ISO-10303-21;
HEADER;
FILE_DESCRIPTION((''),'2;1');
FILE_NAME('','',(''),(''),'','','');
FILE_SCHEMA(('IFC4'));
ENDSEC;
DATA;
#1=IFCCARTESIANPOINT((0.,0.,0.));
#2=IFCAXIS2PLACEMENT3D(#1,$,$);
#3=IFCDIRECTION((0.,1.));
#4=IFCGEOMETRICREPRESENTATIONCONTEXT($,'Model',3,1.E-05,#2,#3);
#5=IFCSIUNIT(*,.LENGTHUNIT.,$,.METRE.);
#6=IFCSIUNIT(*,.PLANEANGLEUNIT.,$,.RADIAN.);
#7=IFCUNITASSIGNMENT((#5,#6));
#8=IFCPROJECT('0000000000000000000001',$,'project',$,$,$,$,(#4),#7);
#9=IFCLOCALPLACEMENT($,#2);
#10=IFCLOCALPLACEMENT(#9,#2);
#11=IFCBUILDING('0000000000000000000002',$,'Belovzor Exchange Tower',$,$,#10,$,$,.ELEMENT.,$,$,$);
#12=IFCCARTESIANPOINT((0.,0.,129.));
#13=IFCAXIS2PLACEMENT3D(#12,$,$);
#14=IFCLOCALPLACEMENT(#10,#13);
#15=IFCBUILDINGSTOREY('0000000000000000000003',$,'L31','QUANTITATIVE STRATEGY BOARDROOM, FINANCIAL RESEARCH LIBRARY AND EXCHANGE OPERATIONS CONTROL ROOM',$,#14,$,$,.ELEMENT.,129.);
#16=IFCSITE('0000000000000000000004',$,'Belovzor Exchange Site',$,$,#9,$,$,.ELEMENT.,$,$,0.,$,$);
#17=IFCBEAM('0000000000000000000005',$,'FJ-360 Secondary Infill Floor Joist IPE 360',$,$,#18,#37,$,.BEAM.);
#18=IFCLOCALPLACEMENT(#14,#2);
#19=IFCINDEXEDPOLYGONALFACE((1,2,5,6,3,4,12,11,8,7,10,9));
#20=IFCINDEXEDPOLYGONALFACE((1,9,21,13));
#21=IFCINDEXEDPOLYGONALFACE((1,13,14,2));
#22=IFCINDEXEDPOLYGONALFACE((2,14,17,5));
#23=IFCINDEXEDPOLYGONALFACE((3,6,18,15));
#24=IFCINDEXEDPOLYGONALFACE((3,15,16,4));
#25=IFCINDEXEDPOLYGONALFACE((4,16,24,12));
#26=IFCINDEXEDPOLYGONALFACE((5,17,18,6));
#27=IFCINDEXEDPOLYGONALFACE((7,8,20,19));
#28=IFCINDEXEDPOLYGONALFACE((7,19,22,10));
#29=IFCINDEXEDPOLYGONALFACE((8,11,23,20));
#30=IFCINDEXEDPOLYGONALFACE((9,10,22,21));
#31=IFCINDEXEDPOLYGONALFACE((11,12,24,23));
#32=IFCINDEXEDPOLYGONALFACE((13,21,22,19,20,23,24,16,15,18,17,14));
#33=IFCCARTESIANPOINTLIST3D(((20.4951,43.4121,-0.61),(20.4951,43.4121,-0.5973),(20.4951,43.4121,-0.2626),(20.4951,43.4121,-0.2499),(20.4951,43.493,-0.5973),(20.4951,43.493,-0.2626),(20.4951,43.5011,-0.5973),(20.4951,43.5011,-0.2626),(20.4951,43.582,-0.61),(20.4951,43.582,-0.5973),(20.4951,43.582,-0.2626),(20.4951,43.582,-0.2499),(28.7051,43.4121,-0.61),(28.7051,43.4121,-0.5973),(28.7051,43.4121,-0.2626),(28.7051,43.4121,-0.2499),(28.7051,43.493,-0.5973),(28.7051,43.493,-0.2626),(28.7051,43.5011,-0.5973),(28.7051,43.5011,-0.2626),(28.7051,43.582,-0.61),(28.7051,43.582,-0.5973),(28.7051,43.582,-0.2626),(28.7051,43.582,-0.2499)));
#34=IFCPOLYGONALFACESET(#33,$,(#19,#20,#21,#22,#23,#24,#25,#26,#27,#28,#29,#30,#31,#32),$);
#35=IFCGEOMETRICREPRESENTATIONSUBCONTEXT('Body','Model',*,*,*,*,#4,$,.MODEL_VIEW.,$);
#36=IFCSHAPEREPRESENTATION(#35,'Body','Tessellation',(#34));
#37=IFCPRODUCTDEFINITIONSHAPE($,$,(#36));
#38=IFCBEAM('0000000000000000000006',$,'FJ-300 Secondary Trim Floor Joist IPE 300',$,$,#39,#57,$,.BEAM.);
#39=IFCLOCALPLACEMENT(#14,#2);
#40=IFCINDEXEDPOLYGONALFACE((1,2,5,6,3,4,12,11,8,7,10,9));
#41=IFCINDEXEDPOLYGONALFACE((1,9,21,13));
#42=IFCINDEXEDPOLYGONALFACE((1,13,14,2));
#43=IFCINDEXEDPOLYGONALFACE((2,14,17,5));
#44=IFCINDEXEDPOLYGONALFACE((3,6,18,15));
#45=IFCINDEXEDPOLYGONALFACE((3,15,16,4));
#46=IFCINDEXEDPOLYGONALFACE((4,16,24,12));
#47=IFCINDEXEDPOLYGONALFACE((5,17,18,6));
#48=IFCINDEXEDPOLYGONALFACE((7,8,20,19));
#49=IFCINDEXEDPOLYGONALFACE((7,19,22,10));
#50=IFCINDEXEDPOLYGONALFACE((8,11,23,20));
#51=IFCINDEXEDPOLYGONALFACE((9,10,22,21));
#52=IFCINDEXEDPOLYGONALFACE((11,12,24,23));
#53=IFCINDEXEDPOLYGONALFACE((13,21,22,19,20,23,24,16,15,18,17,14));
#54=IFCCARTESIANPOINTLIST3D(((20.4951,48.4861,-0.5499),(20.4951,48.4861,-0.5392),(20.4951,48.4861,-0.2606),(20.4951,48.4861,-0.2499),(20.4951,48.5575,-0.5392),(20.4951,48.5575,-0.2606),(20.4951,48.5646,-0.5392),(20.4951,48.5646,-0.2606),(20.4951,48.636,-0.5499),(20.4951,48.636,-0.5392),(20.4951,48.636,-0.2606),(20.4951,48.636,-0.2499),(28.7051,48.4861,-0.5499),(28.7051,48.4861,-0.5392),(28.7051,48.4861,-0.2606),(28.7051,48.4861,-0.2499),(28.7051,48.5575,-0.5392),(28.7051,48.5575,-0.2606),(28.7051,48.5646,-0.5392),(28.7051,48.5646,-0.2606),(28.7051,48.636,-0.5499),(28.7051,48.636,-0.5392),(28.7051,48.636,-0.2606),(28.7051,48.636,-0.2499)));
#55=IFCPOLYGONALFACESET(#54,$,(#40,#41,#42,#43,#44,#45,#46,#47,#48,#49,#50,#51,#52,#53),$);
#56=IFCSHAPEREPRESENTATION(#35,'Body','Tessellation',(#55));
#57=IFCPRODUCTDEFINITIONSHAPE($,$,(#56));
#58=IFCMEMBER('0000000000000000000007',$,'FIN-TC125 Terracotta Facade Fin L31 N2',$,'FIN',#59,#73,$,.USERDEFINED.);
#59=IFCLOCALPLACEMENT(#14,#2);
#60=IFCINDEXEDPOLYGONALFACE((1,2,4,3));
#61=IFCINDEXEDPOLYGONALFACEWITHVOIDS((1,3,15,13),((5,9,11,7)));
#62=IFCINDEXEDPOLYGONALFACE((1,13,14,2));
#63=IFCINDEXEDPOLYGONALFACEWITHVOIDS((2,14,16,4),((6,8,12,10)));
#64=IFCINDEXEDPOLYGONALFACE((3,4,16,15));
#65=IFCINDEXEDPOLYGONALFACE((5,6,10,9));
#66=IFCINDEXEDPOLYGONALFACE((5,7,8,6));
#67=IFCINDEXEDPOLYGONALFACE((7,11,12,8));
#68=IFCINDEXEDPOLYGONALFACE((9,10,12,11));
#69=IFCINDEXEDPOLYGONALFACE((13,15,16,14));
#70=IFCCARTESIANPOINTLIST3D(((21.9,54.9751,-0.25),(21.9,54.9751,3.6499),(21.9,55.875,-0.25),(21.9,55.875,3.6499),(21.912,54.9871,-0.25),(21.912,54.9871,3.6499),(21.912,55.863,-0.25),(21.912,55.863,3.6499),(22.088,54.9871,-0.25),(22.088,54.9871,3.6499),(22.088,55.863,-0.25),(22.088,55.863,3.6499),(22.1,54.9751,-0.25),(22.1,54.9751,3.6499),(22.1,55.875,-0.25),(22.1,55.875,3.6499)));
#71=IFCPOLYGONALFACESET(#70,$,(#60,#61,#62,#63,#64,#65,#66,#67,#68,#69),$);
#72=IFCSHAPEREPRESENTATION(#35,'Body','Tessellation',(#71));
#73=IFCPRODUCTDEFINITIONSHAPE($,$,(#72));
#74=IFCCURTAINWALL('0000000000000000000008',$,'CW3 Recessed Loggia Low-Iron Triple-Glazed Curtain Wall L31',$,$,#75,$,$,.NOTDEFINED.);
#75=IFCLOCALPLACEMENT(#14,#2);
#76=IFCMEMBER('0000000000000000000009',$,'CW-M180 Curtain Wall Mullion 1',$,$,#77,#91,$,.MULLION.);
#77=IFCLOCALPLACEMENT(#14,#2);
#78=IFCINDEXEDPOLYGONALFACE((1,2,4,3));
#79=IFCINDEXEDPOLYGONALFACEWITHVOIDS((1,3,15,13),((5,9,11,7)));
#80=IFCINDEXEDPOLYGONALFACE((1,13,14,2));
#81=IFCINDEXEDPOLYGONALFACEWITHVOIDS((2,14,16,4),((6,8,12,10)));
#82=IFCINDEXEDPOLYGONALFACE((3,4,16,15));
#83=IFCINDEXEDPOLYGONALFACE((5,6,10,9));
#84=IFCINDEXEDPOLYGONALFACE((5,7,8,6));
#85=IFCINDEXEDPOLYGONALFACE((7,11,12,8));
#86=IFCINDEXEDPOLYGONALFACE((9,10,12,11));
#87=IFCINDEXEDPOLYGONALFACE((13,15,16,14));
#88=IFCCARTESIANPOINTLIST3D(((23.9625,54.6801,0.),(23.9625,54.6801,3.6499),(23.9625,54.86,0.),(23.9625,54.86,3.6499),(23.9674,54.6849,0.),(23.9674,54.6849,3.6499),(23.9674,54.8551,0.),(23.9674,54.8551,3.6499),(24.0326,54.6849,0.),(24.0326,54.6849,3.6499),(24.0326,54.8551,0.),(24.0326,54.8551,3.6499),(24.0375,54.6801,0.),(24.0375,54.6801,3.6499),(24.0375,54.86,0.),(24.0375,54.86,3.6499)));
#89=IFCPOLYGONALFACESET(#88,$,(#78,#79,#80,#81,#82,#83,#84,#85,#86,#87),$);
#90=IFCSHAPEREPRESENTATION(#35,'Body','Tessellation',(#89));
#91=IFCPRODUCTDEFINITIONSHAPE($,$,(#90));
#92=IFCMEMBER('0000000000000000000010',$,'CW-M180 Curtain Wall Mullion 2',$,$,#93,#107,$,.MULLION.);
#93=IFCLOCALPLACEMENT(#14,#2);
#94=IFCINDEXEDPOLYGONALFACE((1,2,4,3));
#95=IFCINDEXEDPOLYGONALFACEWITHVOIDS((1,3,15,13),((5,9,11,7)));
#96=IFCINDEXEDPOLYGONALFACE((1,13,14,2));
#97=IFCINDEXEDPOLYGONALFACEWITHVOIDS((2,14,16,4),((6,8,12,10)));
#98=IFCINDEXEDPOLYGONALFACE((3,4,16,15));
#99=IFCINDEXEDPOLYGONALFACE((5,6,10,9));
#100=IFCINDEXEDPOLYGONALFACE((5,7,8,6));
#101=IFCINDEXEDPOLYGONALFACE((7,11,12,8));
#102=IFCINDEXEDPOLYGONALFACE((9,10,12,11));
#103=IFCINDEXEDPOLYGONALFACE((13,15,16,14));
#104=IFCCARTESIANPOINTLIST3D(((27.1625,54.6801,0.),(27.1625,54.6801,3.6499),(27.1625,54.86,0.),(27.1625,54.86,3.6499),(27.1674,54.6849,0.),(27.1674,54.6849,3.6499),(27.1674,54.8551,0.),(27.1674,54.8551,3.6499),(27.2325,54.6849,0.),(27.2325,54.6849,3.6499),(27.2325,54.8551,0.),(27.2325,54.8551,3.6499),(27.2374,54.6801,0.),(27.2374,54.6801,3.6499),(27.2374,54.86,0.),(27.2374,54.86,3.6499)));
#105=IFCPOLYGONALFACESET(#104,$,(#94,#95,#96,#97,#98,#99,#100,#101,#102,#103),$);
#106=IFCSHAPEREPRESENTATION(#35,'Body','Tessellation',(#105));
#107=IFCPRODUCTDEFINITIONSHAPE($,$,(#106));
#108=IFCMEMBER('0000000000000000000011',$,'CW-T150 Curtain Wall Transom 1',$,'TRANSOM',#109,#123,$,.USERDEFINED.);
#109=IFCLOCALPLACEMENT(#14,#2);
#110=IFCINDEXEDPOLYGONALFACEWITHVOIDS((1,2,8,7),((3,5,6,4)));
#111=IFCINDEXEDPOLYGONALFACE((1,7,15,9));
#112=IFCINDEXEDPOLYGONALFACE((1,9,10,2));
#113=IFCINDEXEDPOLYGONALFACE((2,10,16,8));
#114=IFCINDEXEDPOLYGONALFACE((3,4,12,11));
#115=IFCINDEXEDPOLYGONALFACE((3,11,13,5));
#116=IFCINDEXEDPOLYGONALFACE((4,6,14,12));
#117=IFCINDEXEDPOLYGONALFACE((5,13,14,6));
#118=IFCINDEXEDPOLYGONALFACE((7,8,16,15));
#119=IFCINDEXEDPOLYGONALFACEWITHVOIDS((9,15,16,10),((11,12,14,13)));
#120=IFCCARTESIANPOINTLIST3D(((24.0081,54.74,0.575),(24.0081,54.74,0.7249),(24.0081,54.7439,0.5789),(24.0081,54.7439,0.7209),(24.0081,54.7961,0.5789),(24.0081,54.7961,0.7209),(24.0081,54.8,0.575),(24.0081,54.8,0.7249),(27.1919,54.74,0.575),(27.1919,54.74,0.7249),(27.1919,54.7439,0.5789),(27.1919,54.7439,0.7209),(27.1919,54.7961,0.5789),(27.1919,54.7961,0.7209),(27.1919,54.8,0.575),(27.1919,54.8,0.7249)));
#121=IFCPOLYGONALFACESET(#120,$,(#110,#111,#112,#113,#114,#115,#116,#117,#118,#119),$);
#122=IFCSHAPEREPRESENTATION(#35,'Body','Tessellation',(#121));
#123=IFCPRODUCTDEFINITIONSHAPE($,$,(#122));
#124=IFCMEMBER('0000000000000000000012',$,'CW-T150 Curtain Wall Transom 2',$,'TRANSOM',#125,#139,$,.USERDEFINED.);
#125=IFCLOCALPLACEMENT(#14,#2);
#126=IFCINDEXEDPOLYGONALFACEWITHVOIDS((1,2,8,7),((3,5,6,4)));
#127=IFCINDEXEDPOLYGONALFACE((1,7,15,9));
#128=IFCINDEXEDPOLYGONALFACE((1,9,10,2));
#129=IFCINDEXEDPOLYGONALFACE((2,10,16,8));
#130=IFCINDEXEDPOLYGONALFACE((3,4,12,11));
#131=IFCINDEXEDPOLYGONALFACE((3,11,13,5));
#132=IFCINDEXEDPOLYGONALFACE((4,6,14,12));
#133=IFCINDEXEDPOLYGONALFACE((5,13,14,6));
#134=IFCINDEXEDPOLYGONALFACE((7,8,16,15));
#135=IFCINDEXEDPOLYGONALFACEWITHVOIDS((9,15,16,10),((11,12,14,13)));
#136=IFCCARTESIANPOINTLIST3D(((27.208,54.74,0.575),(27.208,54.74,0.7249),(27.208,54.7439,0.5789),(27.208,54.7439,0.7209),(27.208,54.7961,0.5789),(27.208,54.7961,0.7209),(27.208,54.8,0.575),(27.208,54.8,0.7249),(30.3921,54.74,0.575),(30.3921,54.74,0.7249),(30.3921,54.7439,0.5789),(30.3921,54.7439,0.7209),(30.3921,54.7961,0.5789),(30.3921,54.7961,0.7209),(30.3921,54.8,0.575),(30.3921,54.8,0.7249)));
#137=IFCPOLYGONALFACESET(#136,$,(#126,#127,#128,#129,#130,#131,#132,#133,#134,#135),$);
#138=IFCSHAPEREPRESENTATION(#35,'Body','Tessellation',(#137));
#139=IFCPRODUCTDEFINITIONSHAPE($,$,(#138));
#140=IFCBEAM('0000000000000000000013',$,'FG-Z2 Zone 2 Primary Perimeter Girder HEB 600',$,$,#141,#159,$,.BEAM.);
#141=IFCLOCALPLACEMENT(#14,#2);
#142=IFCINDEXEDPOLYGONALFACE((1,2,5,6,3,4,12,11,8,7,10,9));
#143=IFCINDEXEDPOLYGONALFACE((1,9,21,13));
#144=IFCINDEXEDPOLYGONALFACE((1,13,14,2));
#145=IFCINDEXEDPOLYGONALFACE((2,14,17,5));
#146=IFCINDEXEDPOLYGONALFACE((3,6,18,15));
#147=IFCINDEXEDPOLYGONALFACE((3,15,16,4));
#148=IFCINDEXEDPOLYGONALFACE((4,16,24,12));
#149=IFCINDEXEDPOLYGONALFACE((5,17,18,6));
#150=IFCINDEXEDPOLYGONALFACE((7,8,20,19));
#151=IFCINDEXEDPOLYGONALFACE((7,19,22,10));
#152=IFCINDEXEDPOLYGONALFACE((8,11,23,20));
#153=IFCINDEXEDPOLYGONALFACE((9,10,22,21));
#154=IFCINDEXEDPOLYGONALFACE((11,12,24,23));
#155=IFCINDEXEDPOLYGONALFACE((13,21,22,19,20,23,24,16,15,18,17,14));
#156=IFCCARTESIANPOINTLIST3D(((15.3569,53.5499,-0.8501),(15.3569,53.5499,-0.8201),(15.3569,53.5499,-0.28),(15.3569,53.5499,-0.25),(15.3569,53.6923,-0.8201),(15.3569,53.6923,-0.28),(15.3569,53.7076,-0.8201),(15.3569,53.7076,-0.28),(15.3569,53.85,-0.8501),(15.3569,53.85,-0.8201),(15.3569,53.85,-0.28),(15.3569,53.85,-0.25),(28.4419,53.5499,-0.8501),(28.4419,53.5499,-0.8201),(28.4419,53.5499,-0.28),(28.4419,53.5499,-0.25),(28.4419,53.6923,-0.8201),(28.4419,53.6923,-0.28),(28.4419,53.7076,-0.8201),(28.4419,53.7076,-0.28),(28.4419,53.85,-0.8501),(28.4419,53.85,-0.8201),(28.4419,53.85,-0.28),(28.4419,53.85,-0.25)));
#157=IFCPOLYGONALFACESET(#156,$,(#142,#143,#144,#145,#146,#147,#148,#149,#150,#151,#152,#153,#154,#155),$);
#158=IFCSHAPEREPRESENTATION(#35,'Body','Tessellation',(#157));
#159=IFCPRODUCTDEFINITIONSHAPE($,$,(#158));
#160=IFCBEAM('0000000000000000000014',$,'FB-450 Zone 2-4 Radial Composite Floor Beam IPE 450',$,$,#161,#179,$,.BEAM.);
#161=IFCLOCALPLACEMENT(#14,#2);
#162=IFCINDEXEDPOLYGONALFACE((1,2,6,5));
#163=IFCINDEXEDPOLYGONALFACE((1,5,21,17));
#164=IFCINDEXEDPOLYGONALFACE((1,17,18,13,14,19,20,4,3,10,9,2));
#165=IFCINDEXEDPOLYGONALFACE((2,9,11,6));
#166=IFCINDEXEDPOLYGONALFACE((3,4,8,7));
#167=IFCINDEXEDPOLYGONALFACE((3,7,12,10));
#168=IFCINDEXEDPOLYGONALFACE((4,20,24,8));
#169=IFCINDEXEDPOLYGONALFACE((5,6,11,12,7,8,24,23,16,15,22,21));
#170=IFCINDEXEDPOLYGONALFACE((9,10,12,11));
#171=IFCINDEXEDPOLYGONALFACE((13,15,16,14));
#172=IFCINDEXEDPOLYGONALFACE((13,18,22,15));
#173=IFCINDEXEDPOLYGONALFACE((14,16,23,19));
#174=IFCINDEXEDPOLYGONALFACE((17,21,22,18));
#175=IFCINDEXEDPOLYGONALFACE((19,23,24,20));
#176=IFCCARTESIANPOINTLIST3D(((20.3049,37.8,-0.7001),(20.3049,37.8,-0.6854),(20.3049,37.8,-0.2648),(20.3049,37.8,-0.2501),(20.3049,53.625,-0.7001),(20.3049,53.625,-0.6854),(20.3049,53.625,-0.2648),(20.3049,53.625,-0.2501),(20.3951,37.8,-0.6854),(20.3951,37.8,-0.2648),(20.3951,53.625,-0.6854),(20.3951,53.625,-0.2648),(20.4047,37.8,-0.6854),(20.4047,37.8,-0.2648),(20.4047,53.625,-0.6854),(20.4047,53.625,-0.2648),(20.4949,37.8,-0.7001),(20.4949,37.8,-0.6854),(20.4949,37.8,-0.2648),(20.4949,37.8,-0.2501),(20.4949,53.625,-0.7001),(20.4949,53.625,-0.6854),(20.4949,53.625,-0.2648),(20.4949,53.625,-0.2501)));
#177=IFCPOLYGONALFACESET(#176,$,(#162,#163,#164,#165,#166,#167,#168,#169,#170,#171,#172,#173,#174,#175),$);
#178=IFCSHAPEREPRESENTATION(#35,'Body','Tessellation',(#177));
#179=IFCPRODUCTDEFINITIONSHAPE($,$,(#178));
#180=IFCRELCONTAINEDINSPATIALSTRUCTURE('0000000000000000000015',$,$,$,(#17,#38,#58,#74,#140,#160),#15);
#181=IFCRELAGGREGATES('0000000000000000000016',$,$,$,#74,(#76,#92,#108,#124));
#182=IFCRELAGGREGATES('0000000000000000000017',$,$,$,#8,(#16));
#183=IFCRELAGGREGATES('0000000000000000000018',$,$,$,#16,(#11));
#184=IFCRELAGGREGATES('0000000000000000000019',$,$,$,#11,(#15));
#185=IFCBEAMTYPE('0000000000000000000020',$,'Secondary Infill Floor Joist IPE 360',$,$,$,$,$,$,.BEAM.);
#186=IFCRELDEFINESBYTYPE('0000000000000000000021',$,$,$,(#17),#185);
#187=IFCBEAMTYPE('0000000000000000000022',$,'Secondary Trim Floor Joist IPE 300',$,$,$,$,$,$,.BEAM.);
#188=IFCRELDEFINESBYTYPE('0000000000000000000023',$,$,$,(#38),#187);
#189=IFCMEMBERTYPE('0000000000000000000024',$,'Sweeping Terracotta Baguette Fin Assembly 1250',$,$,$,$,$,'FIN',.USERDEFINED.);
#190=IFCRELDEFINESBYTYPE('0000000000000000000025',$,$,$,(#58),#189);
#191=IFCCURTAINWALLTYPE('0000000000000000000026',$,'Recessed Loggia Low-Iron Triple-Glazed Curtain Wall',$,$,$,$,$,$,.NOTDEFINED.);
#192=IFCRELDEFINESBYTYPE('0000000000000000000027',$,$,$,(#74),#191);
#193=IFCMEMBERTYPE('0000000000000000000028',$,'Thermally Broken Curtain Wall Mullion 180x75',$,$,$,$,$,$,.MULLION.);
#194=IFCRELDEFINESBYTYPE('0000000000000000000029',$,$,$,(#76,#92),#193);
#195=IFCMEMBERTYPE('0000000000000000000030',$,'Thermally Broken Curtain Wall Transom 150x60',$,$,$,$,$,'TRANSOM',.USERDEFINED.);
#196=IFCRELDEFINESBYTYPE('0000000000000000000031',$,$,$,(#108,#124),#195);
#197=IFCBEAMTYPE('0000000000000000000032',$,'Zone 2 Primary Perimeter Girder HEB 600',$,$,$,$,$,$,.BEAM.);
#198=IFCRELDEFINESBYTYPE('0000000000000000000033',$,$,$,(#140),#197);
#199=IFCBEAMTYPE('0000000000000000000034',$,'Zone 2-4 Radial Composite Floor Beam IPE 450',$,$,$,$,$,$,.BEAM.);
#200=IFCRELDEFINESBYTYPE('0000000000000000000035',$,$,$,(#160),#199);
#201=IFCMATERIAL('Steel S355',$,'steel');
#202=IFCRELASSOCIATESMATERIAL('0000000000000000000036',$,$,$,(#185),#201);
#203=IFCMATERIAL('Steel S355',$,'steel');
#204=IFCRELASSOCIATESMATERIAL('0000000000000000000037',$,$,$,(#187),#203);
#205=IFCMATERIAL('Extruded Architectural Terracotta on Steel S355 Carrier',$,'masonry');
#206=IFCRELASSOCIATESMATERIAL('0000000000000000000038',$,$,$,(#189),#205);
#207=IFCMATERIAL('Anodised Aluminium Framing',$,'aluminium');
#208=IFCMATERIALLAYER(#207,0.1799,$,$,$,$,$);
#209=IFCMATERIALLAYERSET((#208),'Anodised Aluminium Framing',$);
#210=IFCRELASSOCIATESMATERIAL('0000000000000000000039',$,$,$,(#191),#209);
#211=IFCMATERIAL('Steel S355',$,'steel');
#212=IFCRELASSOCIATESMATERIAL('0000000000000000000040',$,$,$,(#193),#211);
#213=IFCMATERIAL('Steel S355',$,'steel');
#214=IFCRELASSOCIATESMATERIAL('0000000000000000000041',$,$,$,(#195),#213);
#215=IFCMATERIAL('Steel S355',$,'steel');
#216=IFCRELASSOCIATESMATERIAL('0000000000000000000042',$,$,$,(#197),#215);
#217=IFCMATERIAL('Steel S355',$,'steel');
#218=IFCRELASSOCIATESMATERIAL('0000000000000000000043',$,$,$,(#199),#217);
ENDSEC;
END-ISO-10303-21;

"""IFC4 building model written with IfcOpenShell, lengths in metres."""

from ifc_helpers import new_model, si_unit, direction, frame, origin, origin_2d, place, context, subcontext, project, spatial, hollow_rectangle, i_section, extrude, material, layer, layer_set, material_profile, profile_set, type_object, element, aggregate, save


model = new_model("IFC4")

# Units and contexts
model_context = context("Model", 3, precision=1e-05, world=origin(), true_north=direction((0.0, 1.0)))
body_context = subcontext(model_context, "Body", "Model", "MODEL_VIEW")
ifc_project = project(units=[si_unit("LENGTHUNIT", "METRE"), si_unit("PLANEANGLEUNIT", "RADIAN")], contexts=[model_context])

# Site, building, storey
site_placement = place(None, origin())
site = spatial("IfcSite", under=ifc_project, at=site_placement, Name="Belovzor Exchange Site", CompositionType="ELEMENT", RefElevation=0.0)
building_placement = place(site_placement, origin())
building = spatial("IfcBuilding", under=site, at=building_placement, Name="Belovzor Exchange Tower", CompositionType="ELEMENT")
storey_placement = place(building_placement, frame((0.0, 0.0, 129.0)))
storey = spatial("IfcBuildingStorey", under=building, at=storey_placement, Name="L31", Description="QUANTITATIVE STRATEGY BOARDROOM, FINANCIAL RESEARCH LIBRARY AND EXCHANGE OPERATIONS CONTROL ROOM", CompositionType="ELEMENT", Elevation=129.0)

# Beams
ifc_material_1 = material(Name="Steel S355", Category="steel")
ifc_material_profile_1 = material_profile(ifc_material_1, i_section(OverallWidth=0.1699, OverallDepth=0.3601, WebThickness=0.0081, FlangeThickness=0.0127, at=origin_2d()))
ifc_profile_set_1 = profile_set([ifc_material_profile_1], Name="Steel S355")
beam_type_1 = type_object("IfcBeamType", Name="Secondary Infill Floor Joist IPE 360", PredefinedType="BEAM", material=ifc_profile_set_1)
beam_1_placement = place(storey_placement, frame((20.4951, 43.4971, -0.4299), z_axis=(1.0, 0.0, 0.0), x_axis=(0.0, 1.0, 0.0)))
element("IfcBeam", 1, at=beam_1_placement, inside=storey, type_object=beam_type_1, Name="FJ-360 Secondary Infill Floor Joist IPE 360", PredefinedType="BEAM", context=body_context, shape_type="SweptSolid", body=[
    extrude(i_section(OverallWidth=0.1699, OverallDepth=0.3601, WebThickness=0.0081, FlangeThickness=0.0127, at=origin_2d()), origin(), (0.0, 0.0, 1.0), 8.21),
])
ifc_material_2 = material(Name="Steel S355", Category="steel")
ifc_material_profile_2 = material_profile(ifc_material_2, i_section(OverallWidth=0.1499, OverallDepth=0.3, WebThickness=0.0071, FlangeThickness=0.0107, at=origin_2d()))
ifc_profile_set_2 = profile_set([ifc_material_profile_2], Name="Steel S355")
beam_type_2 = type_object("IfcBeamType", Name="Secondary Trim Floor Joist IPE 300", PredefinedType="BEAM", material=ifc_profile_set_2)
beam_2_placement = place(storey_placement, frame((20.4951, 48.561, -0.3999), z_axis=(1.0, 0.0, 0.0), x_axis=(0.0, 1.0, 0.0)))
element("IfcBeam", 2, at=beam_2_placement, inside=storey, type_object=beam_type_2, Name="FJ-300 Secondary Trim Floor Joist IPE 300", PredefinedType="BEAM", context=body_context, shape_type="SweptSolid", body=[
    extrude(i_section(OverallWidth=0.1499, OverallDepth=0.3, WebThickness=0.0071, FlangeThickness=0.0107, at=origin_2d()), origin(), (0.0, 0.0, 1.0), 8.21),
])

# Member
ifc_material_3 = material(Name="Extruded Architectural Terracotta on Steel S355 Carrier", Category="masonry")
ifc_material_profile_3 = material_profile(ifc_material_3, hollow_rectangle(XDim=0.2, YDim=0.8999, WallThickness=0.012, at=origin_2d()))
ifc_profile_set_3 = profile_set([ifc_material_profile_3], Name="Extruded Architectural Terracotta on Steel S355 Carrier")
member_type_1 = type_object("IfcMemberType", Name="Sweeping Terracotta Baguette Fin Assembly 1250", ElementType="FIN", PredefinedType="USERDEFINED", material=ifc_profile_set_3)
member_1_placement = place(storey_placement, frame((22.0, 55.425, -0.25), z_axis=(0.0, 0.0, 1.0), x_axis=(1.0, 0.0, 0.0)))
element("IfcMember", 3, at=member_1_placement, inside=storey, type_object=member_type_1, Name="FIN-TC125 Terracotta Facade Fin L31 N2", ObjectType="FIN", PredefinedType="USERDEFINED", context=body_context, shape_type="SweptSolid", body=[
    extrude(hollow_rectangle(XDim=0.2, YDim=0.8999, WallThickness=0.012, at=origin_2d()), origin(), (0.0, 0.0, 1.0), 3.8999),
])

# Curtain wall, members
ifc_material_4 = material(Name="Anodised Aluminium Framing", Category="aluminium")
ifc_layer_1 = layer(ifc_material_4, 0.1799)
ifc_layer_set_1 = layer_set([ifc_layer_1], Name="Anodised Aluminium Framing")
curtain_wall_type = type_object("IfcCurtainWallType", Name="Recessed Loggia Low-Iron Triple-Glazed Curtain Wall", PredefinedType="NOTDEFINED", material=ifc_layer_set_1)
curtain_wall_placement = place(storey_placement, origin())
curtain_wall = element("IfcCurtainWall", 4, at=curtain_wall_placement, inside=storey, type_object=curtain_wall_type, Name="CW3 Recessed Loggia Low-Iron Triple-Glazed Curtain Wall L31", PredefinedType="NOTDEFINED")
ifc_material_5 = material(Name="Steel S355", Category="steel")
ifc_material_profile_4 = material_profile(ifc_material_5, hollow_rectangle(XDim=0.075, YDim=0.1799, WallThickness=0.0049, at=origin_2d()))
ifc_profile_set_4 = profile_set([ifc_material_profile_4], Name="Steel S355")
member_type_2 = type_object("IfcMemberType", Name="Thermally Broken Curtain Wall Mullion 180x75", PredefinedType="MULLION", material=ifc_profile_set_4)
member_2_placement = place(storey_placement, frame((24.0, 54.77, 0.0), z_axis=(0.0, 0.0, 1.0), x_axis=(1.0, 0.0, 0.0)))
member_2 = element("IfcMember", 5, at=member_2_placement, type_object=member_type_2, Name="CW-M180 Curtain Wall Mullion 1", PredefinedType="MULLION", context=body_context, shape_type="SweptSolid", body=[
    extrude(hollow_rectangle(XDim=0.075, YDim=0.1799, WallThickness=0.0049, at=origin_2d()), origin(), (0.0, 0.0, 1.0), 3.6499),
])
member_3_placement = place(storey_placement, frame((27.2, 54.77, 0.0), z_axis=(0.0, 0.0, 1.0), x_axis=(1.0, 0.0, 0.0)))
member_3 = element("IfcMember", 6, at=member_3_placement, type_object=member_type_2, Name="CW-M180 Curtain Wall Mullion 2", PredefinedType="MULLION", context=body_context, shape_type="SweptSolid", body=[
    extrude(hollow_rectangle(XDim=0.075, YDim=0.1799, WallThickness=0.0049, at=origin_2d()), origin(), (0.0, 0.0, 1.0), 3.6499),
])
ifc_material_6 = material(Name="Steel S355", Category="steel")
ifc_material_profile_5 = material_profile(ifc_material_6, hollow_rectangle(XDim=0.0601, YDim=0.1499, WallThickness=0.0039, at=origin_2d()))
ifc_profile_set_5 = profile_set([ifc_material_profile_5], Name="Steel S355")
member_type_3 = type_object("IfcMemberType", Name="Thermally Broken Curtain Wall Transom 150x60", ElementType="TRANSOM", PredefinedType="USERDEFINED", material=ifc_profile_set_5)
member_4_placement = place(storey_placement, frame((24.0081, 54.77, 0.6499), z_axis=(1.0, 0.0, 0.0), x_axis=(0.0, 1.0, 0.0)))
member_4 = element("IfcMember", 7, at=member_4_placement, type_object=member_type_3, Name="CW-T150 Curtain Wall Transom 1", ObjectType="TRANSOM", PredefinedType="USERDEFINED", context=body_context, shape_type="SweptSolid", body=[
    extrude(hollow_rectangle(XDim=0.0601, YDim=0.1499, WallThickness=0.0039, at=origin_2d()), origin(), (0.0, 0.0, 1.0), 3.1838),
])
member_5_placement = place(storey_placement, frame((27.208, 54.77, 0.6499), z_axis=(1.0, 0.0, 0.0), x_axis=(0.0, 1.0, 0.0)))
member_5 = element("IfcMember", 8, at=member_5_placement, type_object=member_type_3, Name="CW-T150 Curtain Wall Transom 2", ObjectType="TRANSOM", PredefinedType="USERDEFINED", context=body_context, shape_type="SweptSolid", body=[
    extrude(hollow_rectangle(XDim=0.0601, YDim=0.1499, WallThickness=0.0039, at=origin_2d()), origin(), (0.0, 0.0, 1.0), 3.1841),
])

# Beams
ifc_material_7 = material(Name="Steel S355", Category="steel")
ifc_material_profile_6 = material_profile(ifc_material_7, i_section(OverallWidth=0.3, OverallDepth=0.6001, WebThickness=0.0154, FlangeThickness=0.03, at=origin_2d()))
ifc_profile_set_6 = profile_set([ifc_material_profile_6], Name="Steel S355")
beam_type_3 = type_object("IfcBeamType", Name="Zone 2 Primary Perimeter Girder HEB 600", PredefinedType="BEAM", material=ifc_profile_set_6)
beam_3_placement = place(storey_placement, frame((28.4419, 53.7, -0.55), z_axis=(-1.0, 0.0, 0.0), x_axis=(0.0, -1.0, 0.0)))
element("IfcBeam", 9, at=beam_3_placement, inside=storey, type_object=beam_type_3, Name="FG-Z2 Zone 2 Primary Perimeter Girder HEB 600", PredefinedType="BEAM", context=body_context, shape_type="SweptSolid", body=[
    extrude(i_section(OverallWidth=0.3, OverallDepth=0.6001, WebThickness=0.0154, FlangeThickness=0.03, at=origin_2d()), origin(), (0.0, 0.0, 1.0), 13.085),
])
ifc_material_8 = material(Name="Steel S355", Category="steel")
ifc_material_profile_7 = material_profile(ifc_material_8, i_section(OverallWidth=0.1899, OverallDepth=0.45, WebThickness=0.0095, FlangeThickness=0.0146, at=origin_2d()))
ifc_profile_set_7 = profile_set([ifc_material_profile_7], Name="Steel S355")
beam_type_4 = type_object("IfcBeamType", Name="Zone 2-4 Radial Composite Floor Beam IPE 450", PredefinedType="BEAM", material=ifc_profile_set_7)
beam_4_placement = place(storey_placement, frame((20.3999, 37.8, -0.4751), z_axis=(0.0, 1.0, 0.0), x_axis=(-1.0, 0.0, 0.0)))
element("IfcBeam", 10, at=beam_4_placement, inside=storey, type_object=beam_type_4, Name="FB-450 Zone 2-4 Radial Composite Floor Beam IPE 450", PredefinedType="BEAM", context=body_context, shape_type="SweptSolid", body=[
    extrude(i_section(OverallWidth=0.1899, OverallDepth=0.45, WebThickness=0.0095, FlangeThickness=0.0146, at=origin_2d()), origin(), (0.0, 0.0, 1.0), 15.825),
])

aggregate(curtain_wall, [member_2, member_3, member_4, member_5])

save(model, "model.ifc")
